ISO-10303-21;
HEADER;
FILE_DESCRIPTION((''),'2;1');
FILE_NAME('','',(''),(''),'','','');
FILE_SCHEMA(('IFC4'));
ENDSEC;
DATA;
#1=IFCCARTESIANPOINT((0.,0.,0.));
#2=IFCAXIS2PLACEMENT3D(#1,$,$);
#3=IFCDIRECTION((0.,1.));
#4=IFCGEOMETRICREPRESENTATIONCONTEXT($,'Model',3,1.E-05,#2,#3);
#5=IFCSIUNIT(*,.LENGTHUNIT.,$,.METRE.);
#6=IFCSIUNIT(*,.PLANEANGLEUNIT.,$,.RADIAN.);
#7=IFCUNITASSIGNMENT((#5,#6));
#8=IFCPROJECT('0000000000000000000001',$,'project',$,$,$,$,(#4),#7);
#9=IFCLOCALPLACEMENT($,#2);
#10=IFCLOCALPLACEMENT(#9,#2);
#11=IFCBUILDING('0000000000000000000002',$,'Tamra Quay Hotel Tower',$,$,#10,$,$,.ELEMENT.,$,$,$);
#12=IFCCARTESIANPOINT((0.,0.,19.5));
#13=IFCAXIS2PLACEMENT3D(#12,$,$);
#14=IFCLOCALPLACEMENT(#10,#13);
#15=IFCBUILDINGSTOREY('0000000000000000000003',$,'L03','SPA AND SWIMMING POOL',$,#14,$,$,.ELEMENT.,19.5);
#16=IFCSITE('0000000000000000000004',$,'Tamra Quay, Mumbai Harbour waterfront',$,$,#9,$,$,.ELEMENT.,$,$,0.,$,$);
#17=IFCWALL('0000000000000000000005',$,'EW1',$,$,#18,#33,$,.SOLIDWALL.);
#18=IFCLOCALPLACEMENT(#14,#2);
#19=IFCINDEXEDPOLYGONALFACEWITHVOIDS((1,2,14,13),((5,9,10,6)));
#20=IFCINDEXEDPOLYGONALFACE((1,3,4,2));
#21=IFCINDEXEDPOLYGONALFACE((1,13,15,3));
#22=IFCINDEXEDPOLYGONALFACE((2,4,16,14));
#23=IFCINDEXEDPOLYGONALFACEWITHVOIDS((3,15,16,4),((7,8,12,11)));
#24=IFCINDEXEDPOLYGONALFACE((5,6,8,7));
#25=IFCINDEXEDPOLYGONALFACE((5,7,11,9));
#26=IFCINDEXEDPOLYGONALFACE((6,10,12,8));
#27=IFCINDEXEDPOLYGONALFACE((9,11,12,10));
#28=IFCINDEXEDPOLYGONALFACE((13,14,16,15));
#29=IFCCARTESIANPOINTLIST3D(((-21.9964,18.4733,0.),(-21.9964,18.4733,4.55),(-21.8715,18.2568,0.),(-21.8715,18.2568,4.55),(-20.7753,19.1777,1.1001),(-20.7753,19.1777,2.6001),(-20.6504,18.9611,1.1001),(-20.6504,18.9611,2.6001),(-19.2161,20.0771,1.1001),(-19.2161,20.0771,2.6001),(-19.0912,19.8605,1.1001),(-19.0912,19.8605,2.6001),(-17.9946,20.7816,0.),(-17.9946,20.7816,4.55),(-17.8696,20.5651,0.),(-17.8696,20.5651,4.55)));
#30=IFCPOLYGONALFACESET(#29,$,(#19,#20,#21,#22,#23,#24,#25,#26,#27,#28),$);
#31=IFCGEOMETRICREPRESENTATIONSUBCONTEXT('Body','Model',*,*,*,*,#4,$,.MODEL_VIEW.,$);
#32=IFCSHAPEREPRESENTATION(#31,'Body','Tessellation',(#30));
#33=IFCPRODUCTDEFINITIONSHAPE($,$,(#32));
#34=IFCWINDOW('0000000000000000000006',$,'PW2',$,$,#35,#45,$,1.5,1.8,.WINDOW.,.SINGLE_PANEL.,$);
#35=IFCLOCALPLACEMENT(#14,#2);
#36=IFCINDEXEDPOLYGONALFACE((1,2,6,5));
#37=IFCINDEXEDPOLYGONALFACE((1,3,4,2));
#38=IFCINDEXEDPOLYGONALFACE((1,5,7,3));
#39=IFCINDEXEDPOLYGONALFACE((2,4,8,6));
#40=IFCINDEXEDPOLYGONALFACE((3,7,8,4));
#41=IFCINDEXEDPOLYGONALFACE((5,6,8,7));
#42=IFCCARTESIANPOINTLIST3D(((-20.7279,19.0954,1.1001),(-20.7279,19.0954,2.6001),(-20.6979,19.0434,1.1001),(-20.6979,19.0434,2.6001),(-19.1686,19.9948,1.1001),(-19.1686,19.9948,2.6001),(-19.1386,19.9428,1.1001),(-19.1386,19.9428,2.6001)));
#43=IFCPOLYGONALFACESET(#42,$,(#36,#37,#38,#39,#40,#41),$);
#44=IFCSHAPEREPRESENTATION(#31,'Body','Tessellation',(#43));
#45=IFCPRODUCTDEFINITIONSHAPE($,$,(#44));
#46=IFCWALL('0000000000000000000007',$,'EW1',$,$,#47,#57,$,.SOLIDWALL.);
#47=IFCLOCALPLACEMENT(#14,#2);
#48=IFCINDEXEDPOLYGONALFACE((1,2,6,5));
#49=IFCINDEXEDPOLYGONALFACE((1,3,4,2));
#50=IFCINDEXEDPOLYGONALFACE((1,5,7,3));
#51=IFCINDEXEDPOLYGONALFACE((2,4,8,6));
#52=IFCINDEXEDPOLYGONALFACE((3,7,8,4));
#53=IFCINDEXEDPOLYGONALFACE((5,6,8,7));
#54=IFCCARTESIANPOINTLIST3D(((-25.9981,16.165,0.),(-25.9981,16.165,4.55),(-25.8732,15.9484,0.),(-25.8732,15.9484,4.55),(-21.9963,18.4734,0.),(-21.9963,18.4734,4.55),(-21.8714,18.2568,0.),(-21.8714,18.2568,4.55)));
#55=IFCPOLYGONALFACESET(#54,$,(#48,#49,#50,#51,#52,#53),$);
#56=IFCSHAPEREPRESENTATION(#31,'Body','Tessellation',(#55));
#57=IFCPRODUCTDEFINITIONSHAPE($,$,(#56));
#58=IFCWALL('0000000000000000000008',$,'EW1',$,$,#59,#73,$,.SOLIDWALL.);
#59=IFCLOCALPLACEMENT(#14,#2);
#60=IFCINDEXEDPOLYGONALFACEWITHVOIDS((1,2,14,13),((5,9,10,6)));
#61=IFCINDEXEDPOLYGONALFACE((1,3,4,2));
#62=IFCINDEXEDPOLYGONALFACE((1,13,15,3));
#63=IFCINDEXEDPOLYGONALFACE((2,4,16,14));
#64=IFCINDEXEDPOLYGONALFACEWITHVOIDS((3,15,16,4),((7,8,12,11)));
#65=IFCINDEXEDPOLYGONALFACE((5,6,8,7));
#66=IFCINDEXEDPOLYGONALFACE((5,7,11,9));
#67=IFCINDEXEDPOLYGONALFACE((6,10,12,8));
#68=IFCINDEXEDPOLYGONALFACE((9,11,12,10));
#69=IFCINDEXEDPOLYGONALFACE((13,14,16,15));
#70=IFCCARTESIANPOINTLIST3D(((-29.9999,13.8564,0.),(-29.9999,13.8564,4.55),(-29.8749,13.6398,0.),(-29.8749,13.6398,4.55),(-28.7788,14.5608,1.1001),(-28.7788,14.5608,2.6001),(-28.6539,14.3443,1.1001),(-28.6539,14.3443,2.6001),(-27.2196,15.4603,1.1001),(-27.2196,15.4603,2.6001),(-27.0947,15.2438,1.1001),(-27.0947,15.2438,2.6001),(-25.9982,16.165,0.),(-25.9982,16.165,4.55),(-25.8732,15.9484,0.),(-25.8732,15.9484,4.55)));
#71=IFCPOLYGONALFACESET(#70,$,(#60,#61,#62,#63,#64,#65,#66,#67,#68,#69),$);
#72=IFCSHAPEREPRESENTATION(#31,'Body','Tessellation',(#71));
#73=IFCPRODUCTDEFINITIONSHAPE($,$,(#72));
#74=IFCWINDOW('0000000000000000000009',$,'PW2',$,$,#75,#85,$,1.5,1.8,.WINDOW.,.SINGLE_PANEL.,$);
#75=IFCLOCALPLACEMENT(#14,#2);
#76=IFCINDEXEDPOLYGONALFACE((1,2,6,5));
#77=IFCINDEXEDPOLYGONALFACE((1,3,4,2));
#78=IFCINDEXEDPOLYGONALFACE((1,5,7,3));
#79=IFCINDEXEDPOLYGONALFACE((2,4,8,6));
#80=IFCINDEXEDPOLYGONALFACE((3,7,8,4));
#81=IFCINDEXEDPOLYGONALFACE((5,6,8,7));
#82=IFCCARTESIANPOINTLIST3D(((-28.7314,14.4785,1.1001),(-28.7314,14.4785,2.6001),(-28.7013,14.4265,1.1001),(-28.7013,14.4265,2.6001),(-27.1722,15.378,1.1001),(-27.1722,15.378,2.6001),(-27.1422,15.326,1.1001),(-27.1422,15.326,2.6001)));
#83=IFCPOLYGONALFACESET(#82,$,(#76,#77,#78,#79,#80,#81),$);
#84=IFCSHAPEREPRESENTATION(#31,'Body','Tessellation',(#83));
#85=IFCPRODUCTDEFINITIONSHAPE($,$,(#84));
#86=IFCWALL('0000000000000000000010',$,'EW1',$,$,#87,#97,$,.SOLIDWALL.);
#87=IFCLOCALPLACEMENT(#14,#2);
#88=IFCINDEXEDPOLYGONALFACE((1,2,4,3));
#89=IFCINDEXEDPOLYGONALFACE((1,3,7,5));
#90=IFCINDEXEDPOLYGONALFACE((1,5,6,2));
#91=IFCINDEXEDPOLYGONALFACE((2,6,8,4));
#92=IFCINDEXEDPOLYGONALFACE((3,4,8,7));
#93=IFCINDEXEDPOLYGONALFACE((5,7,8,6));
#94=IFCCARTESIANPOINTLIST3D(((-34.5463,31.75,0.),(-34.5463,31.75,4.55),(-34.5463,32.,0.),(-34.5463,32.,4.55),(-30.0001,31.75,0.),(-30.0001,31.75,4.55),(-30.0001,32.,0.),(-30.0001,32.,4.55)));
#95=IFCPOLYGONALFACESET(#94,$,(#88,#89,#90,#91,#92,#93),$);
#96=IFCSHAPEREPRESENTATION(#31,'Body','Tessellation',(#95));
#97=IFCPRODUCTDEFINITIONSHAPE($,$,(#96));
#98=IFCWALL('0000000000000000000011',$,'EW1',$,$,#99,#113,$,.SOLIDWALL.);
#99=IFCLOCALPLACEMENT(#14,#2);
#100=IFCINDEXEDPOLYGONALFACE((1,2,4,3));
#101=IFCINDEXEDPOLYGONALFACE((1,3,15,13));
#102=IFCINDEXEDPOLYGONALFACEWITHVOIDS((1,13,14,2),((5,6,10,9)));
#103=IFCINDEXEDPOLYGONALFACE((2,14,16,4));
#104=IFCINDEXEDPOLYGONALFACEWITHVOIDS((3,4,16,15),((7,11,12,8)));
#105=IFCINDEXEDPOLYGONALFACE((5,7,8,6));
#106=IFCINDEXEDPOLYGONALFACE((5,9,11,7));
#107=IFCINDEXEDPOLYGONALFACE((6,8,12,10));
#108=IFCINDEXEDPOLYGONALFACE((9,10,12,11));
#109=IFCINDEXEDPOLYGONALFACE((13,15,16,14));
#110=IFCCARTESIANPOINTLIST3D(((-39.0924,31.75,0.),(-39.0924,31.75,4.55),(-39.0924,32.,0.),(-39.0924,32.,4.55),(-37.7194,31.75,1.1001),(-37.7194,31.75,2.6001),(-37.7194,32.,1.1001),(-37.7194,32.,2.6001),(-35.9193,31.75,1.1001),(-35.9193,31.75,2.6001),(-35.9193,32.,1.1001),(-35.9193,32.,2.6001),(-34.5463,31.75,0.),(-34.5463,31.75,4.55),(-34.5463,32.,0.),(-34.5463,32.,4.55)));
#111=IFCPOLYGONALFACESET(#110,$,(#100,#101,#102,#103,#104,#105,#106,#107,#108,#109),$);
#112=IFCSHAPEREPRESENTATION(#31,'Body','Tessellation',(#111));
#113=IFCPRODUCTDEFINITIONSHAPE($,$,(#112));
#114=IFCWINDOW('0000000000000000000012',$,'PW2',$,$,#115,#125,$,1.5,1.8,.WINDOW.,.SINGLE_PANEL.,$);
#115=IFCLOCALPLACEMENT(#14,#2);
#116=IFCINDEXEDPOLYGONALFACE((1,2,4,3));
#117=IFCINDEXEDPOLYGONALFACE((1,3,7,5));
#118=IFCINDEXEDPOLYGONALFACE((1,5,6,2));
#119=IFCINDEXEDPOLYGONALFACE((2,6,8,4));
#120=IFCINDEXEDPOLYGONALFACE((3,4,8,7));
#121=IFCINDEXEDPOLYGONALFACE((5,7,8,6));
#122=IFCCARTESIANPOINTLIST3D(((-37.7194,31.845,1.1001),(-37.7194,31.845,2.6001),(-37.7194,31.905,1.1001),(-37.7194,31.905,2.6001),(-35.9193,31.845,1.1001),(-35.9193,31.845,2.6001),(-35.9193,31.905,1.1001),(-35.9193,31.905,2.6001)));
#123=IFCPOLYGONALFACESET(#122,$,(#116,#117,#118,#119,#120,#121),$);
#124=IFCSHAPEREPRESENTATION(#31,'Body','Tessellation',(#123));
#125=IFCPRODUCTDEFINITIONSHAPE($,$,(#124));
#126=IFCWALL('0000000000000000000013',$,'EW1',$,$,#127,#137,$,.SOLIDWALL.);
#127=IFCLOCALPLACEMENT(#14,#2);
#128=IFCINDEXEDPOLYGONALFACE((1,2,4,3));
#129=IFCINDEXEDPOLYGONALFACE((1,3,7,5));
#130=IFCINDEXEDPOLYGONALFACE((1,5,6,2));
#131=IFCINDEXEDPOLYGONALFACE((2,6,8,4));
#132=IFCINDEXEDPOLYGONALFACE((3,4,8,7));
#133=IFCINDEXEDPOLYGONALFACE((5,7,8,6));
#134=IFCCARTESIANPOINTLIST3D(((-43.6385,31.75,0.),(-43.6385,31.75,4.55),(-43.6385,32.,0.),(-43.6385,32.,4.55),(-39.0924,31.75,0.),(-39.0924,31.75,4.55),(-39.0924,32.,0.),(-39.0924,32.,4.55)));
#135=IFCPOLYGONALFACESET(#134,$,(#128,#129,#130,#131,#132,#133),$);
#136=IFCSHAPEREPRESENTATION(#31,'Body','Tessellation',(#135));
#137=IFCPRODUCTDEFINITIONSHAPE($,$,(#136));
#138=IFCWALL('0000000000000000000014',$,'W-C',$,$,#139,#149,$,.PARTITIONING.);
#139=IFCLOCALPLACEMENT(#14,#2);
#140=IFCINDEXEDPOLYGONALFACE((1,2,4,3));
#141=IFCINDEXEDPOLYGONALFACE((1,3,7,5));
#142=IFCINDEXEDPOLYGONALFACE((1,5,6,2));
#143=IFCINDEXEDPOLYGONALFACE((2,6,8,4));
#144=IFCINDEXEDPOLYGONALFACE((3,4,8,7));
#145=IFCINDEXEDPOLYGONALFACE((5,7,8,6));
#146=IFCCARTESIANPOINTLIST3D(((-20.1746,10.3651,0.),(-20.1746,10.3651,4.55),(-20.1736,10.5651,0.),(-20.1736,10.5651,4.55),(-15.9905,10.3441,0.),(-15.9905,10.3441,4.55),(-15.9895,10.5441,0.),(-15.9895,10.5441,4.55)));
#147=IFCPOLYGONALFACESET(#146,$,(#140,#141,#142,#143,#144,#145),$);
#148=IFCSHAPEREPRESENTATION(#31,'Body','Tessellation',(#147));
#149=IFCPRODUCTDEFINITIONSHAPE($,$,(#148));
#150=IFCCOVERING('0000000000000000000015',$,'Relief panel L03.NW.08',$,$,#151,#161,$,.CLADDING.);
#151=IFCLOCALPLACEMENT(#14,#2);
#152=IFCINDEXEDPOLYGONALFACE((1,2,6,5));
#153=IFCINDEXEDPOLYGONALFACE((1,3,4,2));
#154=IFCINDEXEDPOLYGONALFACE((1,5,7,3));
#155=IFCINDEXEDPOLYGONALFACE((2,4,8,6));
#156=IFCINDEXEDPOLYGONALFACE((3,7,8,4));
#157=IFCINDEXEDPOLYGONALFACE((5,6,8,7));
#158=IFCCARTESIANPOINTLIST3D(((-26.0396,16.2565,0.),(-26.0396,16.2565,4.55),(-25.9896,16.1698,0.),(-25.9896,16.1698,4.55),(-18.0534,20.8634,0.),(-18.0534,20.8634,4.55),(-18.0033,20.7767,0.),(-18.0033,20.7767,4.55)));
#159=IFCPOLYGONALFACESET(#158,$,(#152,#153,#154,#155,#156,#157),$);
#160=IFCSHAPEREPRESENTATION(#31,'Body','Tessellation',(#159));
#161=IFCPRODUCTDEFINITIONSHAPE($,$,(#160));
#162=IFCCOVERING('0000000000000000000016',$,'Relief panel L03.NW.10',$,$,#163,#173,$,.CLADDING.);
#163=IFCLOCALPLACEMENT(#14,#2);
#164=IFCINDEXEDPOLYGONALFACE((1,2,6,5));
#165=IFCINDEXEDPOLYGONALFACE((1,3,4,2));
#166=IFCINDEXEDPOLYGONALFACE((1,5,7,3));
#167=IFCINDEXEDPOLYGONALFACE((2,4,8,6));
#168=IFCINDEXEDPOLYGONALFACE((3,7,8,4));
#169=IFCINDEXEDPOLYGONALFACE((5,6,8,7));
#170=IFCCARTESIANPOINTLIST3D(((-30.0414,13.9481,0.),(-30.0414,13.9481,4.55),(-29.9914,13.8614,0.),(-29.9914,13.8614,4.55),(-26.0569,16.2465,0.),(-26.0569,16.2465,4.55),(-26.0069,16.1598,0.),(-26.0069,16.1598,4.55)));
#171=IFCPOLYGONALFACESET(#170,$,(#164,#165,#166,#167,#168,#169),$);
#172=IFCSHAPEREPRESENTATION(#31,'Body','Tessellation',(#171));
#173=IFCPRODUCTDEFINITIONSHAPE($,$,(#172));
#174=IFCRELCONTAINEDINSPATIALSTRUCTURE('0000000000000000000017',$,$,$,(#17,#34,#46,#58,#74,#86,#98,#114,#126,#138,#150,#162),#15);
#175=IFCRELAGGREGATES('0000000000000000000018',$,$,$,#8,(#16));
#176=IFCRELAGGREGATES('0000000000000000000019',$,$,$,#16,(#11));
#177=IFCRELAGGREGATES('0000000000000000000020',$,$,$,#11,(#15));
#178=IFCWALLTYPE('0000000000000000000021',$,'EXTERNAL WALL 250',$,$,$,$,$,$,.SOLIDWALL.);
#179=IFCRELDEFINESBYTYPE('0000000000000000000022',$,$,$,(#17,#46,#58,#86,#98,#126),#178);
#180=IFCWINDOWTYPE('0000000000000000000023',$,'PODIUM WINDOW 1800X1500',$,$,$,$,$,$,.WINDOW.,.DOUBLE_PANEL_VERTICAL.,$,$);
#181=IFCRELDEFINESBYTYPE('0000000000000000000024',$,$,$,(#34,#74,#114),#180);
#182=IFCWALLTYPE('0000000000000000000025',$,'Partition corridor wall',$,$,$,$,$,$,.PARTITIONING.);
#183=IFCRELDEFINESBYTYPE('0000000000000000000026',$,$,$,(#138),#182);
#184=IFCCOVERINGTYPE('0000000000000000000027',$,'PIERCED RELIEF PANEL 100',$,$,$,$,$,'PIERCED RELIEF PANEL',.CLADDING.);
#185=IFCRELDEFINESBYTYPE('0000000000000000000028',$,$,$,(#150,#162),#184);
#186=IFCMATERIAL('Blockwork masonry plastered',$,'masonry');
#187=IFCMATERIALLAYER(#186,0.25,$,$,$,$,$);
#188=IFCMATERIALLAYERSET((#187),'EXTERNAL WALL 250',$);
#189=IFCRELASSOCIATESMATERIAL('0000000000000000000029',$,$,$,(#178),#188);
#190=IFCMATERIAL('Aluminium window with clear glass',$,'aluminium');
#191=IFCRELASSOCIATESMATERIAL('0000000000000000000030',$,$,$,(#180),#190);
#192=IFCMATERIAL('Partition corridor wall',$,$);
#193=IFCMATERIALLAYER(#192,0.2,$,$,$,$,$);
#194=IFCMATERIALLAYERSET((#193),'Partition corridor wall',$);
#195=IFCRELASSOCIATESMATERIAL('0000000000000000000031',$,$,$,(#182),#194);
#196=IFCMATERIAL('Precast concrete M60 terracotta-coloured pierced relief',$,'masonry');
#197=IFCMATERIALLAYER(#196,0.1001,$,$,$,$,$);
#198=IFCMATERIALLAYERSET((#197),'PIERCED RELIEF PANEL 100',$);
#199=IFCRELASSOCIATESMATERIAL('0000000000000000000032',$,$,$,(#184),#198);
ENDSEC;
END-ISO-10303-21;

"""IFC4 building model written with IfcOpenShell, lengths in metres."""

from ifc_helpers import new_model, si_unit, direction, frame, frame_2d, origin, origin_2d, place, context, subcontext, project, spatial, rectangle, extrude, material, layer, layer_set, type_object, element, fill, save


model = new_model("IFC4")

# Units and contexts
model_context = context("Model", 3, precision=1e-05, world=origin(), true_north=direction((0.0, 1.0)))
body_context = subcontext(model_context, "Body", "Model", "MODEL_VIEW")
ifc_project = project(units=[si_unit("LENGTHUNIT", "METRE"), si_unit("PLANEANGLEUNIT", "RADIAN")], contexts=[model_context])

# Site, building, storey
site_placement = place(None, origin())
site = spatial("IfcSite", under=ifc_project, at=site_placement, Name="Tamra Quay, Mumbai Harbour waterfront", CompositionType="ELEMENT", RefElevation=0.0)
building_placement = place(site_placement, origin())
building = spatial("IfcBuilding", under=site, at=building_placement, Name="Tamra Quay Hotel Tower", CompositionType="ELEMENT")
storey_placement = place(building_placement, frame((0.0, 0.0, 19.5)))
storey = spatial("IfcBuildingStorey", under=building, at=storey_placement, Name="L03", Description="SPA AND SWIMMING POOL", CompositionType="ELEMENT", Elevation=19.5)

# Shared definitions
ifc_material_1 = material(Name="Blockwork masonry plastered", Category="masonry")
ifc_layer_1 = layer(ifc_material_1, 0.25)
ifc_layer_set_1 = layer_set([ifc_layer_1], Name="EXTERNAL WALL 250")
wall_type_1 = type_object("IfcWallType", Name="EXTERNAL WALL 250", PredefinedType="SOLIDWALL", material=ifc_layer_set_1)

# Wall, opening, window
wall_1_placement = place(storey_placement, frame((-21.9341, 18.365, 0.0), z_axis=(0.0, 0.0, 1.0), x_axis=(0.86623, 0.499646, 0.0)))
wall_1 = element("IfcWall", 1, at=wall_1_placement, inside=storey, type_object=wall_type_1, Name="EW1", PredefinedType="SOLIDWALL", context=body_context, shape_type="SweptSolid", body=[
    extrude(rectangle(XDim=4.6199, YDim=0.25, at=frame_2d((2.3101, 0.0))), origin(), (0.0, 0.0, 1.0), 4.55),
])
opening_1_placement = place(wall_1_placement, frame((1.4099, 0.0, 1.1001)))
opening_1 = element("IfcOpeningElement", 2, at=opening_1_placement, cuts=wall_1, PredefinedType="OPENING", context=body_context, shape_type="SweptSolid", body=[
    extrude(rectangle(XDim=1.8, YDim=1.5, at=frame_2d((0.8999, 0.75))), frame((0.0, 0.135, 0.0), z_axis=(0.0, -1.0, 0.0), x_axis=(1.0, 0.0, 0.0)), (0.0, 0.0, 1.0), 0.27),
])
ifc_material_2 = material(Name="Aluminium window with clear glass", Category="aluminium")
window_type = type_object("IfcWindowType", Name="PODIUM WINDOW 1800X1500", PartitioningType="DOUBLE_PANEL_VERTICAL", PredefinedType="WINDOW", material=ifc_material_2)
window_1_placement = place(opening_1_placement, origin())
window_1 = element("IfcWindow", 3, at=window_1_placement, inside=storey, type_object=window_type, Name="PW2", OverallHeight=1.5, OverallWidth=1.8, PartitioningType="SINGLE_PANEL", PredefinedType="WINDOW", context=body_context, shape_type="SweptSolid", body=[
    extrude(rectangle(XDim=1.8, YDim=1.5, at=frame_2d((0.8999, 0.75))), frame((0.0, 0.03, 0.0), z_axis=(0.0, -1.0, 0.0), x_axis=(1.0, 0.0, 0.0)), (0.0, 0.0, 1.0), 0.0601),
])
fill(opening_1, window_1)

# Wall
wall_2_placement = place(storey_placement, frame((-25.9358, 16.0566, 0.0), z_axis=(0.0, 0.0, 1.0), x_axis=(0.866216, 0.499669, 0.0)))
element("IfcWall", 4, at=wall_2_placement, inside=storey, type_object=wall_type_1, Name="EW1", PredefinedType="SOLIDWALL", context=body_context, shape_type="SweptSolid", body=[
    extrude(rectangle(XDim=4.6199, YDim=0.25, at=frame_2d((2.3101, 0.0))), origin(), (0.0, 0.0, 1.0), 4.55),
])

# Wall, opening, window
wall_3_placement = place(storey_placement, frame((-29.9375, 13.748, 0.0), z_axis=(0.0, 0.0, 1.0), x_axis=(0.866194, 0.499709, 0.0)))
wall_3 = element("IfcWall", 5, at=wall_3_placement, inside=storey, type_object=wall_type_1, Name="EW1", PredefinedType="SOLIDWALL", context=body_context, shape_type="SweptSolid", body=[
    extrude(rectangle(XDim=4.6199, YDim=0.25, at=frame_2d((2.3101, 0.0))), origin(), (0.0, 0.0, 1.0), 4.55),
])
opening_2_placement = place(wall_3_placement, frame((1.4099, 0.0, 1.1001)))
opening_2 = element("IfcOpeningElement", 6, at=opening_2_placement, cuts=wall_3, PredefinedType="OPENING", context=body_context, shape_type="SweptSolid", body=[
    extrude(rectangle(XDim=1.8, YDim=1.5, at=frame_2d((0.8999, 0.75))), frame((0.0, 0.135, 0.0), z_axis=(0.0, -1.0, 0.0), x_axis=(1.0, 0.0, 0.0)), (0.0, 0.0, 1.0), 0.27),
])
window_2_placement = place(opening_2_placement, origin())
window_2 = element("IfcWindow", 7, at=window_2_placement, inside=storey, type_object=window_type, Name="PW2", OverallHeight=1.5, OverallWidth=1.8, PartitioningType="SINGLE_PANEL", PredefinedType="WINDOW", context=body_context, shape_type="SweptSolid", body=[
    extrude(rectangle(XDim=1.8, YDim=1.5, at=frame_2d((0.8999, 0.75))), frame((0.0, 0.03, 0.0), z_axis=(0.0, -1.0, 0.0), x_axis=(1.0, 0.0, 0.0)), (0.0, 0.0, 1.0), 0.0601),
])
fill(opening_2, window_2)

# Wall
wall_4_placement = place(storey_placement, frame((-34.5461, 31.875, 0.0), z_axis=(0.0, 0.0, 1.0), x_axis=(1.0, 0.0, 0.0)))
element("IfcWall", 8, at=wall_4_placement, inside=storey, type_object=wall_type_1, Name="EW1", PredefinedType="SOLIDWALL", context=body_context, shape_type="SweptSolid", body=[
    extrude(rectangle(XDim=4.5461, YDim=0.25, at=frame_2d((2.2729, 0.0))), origin(), (0.0, 0.0, 1.0), 4.55),
])

# Wall, opening, window
wall_5_placement = place(storey_placement, frame((-39.0923, 31.875, 0.0), z_axis=(0.0, 0.0, 1.0), x_axis=(1.0, 0.0, 0.0)))
wall_5 = element("IfcWall", 9, at=wall_5_placement, inside=storey, type_object=wall_type_1, Name="EW1", PredefinedType="SOLIDWALL", context=body_context, shape_type="SweptSolid", body=[
    extrude(rectangle(XDim=4.5461, YDim=0.25, at=frame_2d((2.2729, 0.0))), origin(), (0.0, 0.0, 1.0), 4.55),
])
opening_3_placement = place(wall_5_placement, frame((1.373, 0.0, 1.1001)))
opening_3 = element("IfcOpeningElement", 10, at=opening_3_placement, cuts=wall_5, PredefinedType="OPENING", context=body_context, shape_type="SweptSolid", body=[
    extrude(rectangle(XDim=1.8, YDim=1.5, at=frame_2d((0.8999, 0.75))), frame((0.0, 0.135, 0.0), z_axis=(0.0, -1.0, 0.0), x_axis=(1.0, 0.0, 0.0)), (0.0, 0.0, 1.0), 0.27),
])
window_3_placement = place(opening_3_placement, origin())
window_3 = element("IfcWindow", 11, at=window_3_placement, inside=storey, type_object=window_type, Name="PW2", OverallHeight=1.5, OverallWidth=1.8, PartitioningType="SINGLE_PANEL", PredefinedType="WINDOW", context=body_context, shape_type="SweptSolid", body=[
    extrude(rectangle(XDim=1.8, YDim=1.5, at=frame_2d((0.8999, 0.75))), frame((0.0, 0.03, 0.0), z_axis=(0.0, -1.0, 0.0), x_axis=(1.0, 0.0, 0.0)), (0.0, 0.0, 1.0), 0.0601),
])
fill(opening_3, window_3)

# Walls
wall_6_placement = place(storey_placement, frame((-43.6384, 31.875, 0.0), z_axis=(0.0, 0.0, 1.0), x_axis=(1.0, 0.0, 0.0)))
element("IfcWall", 12, at=wall_6_placement, inside=storey, type_object=wall_type_1, Name="EW1", PredefinedType="SOLIDWALL", context=body_context, shape_type="SweptSolid", body=[
    extrude(rectangle(XDim=4.5461, YDim=0.25, at=frame_2d((2.2729, 0.0))), origin(), (0.0, 0.0, 1.0), 4.55),
])
ifc_material_3 = material(Name="Partition corridor wall")
ifc_layer_2 = layer(ifc_material_3, 0.2)
ifc_layer_set_2 = layer_set([ifc_layer_2], Name="Partition corridor wall")
wall_type_2 = type_object("IfcWallType", Name="Partition corridor wall", PredefinedType="PARTITIONING", material=ifc_layer_set_2)
wall_7_placement = place(storey_placement, frame((-20.1741, 10.4651, 0.0), z_axis=(0.0, 0.0, 1.0), x_axis=(0.999987, -0.005018, 0.0)))
element("IfcWall", 13, at=wall_7_placement, inside=storey, type_object=wall_type_2, Name="W-C", PredefinedType="PARTITIONING", context=body_context, shape_type="SweptSolid", body=[
    extrude(rectangle(XDim=4.1841, YDim=0.2, at=frame_2d((2.092, 0.0))), origin(), (0.0, 0.0, 1.0), 4.55),
])

# Coverings
ifc_material_4 = material(Name="Precast concrete M60 terracotta-coloured pierced relief", Category="masonry")
ifc_layer_3 = layer(ifc_material_4, 0.1001)
ifc_layer_set_3 = layer_set([ifc_layer_3], Name="PIERCED RELIEF PANEL 100")
covering_type_1 = type_object("IfcCoveringType", Name="PIERCED RELIEF PANEL 100", ElementType="PIERCED RELIEF PANEL", PredefinedType="CLADDING", material=ifc_layer_set_3)
covering_1_placement = place(storey_placement, frame((-22.0215, 18.5166, 0.0), z_axis=(0.0, 0.0, 1.0), x_axis=(-0.866215, -0.499672, 0.0)))
element("IfcCovering", 14, at=covering_1_placement, inside=storey, type_object=covering_type_1, Name="Relief panel L03.NW.08", PredefinedType="CLADDING", context=body_context, shape_type="SweptSolid", body=[
    extrude(rectangle(XDim=9.2197, YDim=0.1001, at=origin_2d()), origin(), (0.0, 0.0, 1.0), 4.55),
])
covering_2_placement = place(storey_placement, frame((-28.0242, 15.054, 0.0), z_axis=(0.0, 0.0, 1.0), x_axis=(-0.866215, -0.499672, 0.0)))
element("IfcCovering", 15, at=covering_2_placement, inside=storey, type_object=covering_type_1, Name="Relief panel L03.NW.10", PredefinedType="CLADDING", context=body_context, shape_type="SweptSolid", body=[
    extrude(rectangle(XDim=4.5999, YDim=0.1001, at=origin_2d()), origin(), (0.0, 0.0, 1.0), 4.55),
])

save(model, "model.ifc")
